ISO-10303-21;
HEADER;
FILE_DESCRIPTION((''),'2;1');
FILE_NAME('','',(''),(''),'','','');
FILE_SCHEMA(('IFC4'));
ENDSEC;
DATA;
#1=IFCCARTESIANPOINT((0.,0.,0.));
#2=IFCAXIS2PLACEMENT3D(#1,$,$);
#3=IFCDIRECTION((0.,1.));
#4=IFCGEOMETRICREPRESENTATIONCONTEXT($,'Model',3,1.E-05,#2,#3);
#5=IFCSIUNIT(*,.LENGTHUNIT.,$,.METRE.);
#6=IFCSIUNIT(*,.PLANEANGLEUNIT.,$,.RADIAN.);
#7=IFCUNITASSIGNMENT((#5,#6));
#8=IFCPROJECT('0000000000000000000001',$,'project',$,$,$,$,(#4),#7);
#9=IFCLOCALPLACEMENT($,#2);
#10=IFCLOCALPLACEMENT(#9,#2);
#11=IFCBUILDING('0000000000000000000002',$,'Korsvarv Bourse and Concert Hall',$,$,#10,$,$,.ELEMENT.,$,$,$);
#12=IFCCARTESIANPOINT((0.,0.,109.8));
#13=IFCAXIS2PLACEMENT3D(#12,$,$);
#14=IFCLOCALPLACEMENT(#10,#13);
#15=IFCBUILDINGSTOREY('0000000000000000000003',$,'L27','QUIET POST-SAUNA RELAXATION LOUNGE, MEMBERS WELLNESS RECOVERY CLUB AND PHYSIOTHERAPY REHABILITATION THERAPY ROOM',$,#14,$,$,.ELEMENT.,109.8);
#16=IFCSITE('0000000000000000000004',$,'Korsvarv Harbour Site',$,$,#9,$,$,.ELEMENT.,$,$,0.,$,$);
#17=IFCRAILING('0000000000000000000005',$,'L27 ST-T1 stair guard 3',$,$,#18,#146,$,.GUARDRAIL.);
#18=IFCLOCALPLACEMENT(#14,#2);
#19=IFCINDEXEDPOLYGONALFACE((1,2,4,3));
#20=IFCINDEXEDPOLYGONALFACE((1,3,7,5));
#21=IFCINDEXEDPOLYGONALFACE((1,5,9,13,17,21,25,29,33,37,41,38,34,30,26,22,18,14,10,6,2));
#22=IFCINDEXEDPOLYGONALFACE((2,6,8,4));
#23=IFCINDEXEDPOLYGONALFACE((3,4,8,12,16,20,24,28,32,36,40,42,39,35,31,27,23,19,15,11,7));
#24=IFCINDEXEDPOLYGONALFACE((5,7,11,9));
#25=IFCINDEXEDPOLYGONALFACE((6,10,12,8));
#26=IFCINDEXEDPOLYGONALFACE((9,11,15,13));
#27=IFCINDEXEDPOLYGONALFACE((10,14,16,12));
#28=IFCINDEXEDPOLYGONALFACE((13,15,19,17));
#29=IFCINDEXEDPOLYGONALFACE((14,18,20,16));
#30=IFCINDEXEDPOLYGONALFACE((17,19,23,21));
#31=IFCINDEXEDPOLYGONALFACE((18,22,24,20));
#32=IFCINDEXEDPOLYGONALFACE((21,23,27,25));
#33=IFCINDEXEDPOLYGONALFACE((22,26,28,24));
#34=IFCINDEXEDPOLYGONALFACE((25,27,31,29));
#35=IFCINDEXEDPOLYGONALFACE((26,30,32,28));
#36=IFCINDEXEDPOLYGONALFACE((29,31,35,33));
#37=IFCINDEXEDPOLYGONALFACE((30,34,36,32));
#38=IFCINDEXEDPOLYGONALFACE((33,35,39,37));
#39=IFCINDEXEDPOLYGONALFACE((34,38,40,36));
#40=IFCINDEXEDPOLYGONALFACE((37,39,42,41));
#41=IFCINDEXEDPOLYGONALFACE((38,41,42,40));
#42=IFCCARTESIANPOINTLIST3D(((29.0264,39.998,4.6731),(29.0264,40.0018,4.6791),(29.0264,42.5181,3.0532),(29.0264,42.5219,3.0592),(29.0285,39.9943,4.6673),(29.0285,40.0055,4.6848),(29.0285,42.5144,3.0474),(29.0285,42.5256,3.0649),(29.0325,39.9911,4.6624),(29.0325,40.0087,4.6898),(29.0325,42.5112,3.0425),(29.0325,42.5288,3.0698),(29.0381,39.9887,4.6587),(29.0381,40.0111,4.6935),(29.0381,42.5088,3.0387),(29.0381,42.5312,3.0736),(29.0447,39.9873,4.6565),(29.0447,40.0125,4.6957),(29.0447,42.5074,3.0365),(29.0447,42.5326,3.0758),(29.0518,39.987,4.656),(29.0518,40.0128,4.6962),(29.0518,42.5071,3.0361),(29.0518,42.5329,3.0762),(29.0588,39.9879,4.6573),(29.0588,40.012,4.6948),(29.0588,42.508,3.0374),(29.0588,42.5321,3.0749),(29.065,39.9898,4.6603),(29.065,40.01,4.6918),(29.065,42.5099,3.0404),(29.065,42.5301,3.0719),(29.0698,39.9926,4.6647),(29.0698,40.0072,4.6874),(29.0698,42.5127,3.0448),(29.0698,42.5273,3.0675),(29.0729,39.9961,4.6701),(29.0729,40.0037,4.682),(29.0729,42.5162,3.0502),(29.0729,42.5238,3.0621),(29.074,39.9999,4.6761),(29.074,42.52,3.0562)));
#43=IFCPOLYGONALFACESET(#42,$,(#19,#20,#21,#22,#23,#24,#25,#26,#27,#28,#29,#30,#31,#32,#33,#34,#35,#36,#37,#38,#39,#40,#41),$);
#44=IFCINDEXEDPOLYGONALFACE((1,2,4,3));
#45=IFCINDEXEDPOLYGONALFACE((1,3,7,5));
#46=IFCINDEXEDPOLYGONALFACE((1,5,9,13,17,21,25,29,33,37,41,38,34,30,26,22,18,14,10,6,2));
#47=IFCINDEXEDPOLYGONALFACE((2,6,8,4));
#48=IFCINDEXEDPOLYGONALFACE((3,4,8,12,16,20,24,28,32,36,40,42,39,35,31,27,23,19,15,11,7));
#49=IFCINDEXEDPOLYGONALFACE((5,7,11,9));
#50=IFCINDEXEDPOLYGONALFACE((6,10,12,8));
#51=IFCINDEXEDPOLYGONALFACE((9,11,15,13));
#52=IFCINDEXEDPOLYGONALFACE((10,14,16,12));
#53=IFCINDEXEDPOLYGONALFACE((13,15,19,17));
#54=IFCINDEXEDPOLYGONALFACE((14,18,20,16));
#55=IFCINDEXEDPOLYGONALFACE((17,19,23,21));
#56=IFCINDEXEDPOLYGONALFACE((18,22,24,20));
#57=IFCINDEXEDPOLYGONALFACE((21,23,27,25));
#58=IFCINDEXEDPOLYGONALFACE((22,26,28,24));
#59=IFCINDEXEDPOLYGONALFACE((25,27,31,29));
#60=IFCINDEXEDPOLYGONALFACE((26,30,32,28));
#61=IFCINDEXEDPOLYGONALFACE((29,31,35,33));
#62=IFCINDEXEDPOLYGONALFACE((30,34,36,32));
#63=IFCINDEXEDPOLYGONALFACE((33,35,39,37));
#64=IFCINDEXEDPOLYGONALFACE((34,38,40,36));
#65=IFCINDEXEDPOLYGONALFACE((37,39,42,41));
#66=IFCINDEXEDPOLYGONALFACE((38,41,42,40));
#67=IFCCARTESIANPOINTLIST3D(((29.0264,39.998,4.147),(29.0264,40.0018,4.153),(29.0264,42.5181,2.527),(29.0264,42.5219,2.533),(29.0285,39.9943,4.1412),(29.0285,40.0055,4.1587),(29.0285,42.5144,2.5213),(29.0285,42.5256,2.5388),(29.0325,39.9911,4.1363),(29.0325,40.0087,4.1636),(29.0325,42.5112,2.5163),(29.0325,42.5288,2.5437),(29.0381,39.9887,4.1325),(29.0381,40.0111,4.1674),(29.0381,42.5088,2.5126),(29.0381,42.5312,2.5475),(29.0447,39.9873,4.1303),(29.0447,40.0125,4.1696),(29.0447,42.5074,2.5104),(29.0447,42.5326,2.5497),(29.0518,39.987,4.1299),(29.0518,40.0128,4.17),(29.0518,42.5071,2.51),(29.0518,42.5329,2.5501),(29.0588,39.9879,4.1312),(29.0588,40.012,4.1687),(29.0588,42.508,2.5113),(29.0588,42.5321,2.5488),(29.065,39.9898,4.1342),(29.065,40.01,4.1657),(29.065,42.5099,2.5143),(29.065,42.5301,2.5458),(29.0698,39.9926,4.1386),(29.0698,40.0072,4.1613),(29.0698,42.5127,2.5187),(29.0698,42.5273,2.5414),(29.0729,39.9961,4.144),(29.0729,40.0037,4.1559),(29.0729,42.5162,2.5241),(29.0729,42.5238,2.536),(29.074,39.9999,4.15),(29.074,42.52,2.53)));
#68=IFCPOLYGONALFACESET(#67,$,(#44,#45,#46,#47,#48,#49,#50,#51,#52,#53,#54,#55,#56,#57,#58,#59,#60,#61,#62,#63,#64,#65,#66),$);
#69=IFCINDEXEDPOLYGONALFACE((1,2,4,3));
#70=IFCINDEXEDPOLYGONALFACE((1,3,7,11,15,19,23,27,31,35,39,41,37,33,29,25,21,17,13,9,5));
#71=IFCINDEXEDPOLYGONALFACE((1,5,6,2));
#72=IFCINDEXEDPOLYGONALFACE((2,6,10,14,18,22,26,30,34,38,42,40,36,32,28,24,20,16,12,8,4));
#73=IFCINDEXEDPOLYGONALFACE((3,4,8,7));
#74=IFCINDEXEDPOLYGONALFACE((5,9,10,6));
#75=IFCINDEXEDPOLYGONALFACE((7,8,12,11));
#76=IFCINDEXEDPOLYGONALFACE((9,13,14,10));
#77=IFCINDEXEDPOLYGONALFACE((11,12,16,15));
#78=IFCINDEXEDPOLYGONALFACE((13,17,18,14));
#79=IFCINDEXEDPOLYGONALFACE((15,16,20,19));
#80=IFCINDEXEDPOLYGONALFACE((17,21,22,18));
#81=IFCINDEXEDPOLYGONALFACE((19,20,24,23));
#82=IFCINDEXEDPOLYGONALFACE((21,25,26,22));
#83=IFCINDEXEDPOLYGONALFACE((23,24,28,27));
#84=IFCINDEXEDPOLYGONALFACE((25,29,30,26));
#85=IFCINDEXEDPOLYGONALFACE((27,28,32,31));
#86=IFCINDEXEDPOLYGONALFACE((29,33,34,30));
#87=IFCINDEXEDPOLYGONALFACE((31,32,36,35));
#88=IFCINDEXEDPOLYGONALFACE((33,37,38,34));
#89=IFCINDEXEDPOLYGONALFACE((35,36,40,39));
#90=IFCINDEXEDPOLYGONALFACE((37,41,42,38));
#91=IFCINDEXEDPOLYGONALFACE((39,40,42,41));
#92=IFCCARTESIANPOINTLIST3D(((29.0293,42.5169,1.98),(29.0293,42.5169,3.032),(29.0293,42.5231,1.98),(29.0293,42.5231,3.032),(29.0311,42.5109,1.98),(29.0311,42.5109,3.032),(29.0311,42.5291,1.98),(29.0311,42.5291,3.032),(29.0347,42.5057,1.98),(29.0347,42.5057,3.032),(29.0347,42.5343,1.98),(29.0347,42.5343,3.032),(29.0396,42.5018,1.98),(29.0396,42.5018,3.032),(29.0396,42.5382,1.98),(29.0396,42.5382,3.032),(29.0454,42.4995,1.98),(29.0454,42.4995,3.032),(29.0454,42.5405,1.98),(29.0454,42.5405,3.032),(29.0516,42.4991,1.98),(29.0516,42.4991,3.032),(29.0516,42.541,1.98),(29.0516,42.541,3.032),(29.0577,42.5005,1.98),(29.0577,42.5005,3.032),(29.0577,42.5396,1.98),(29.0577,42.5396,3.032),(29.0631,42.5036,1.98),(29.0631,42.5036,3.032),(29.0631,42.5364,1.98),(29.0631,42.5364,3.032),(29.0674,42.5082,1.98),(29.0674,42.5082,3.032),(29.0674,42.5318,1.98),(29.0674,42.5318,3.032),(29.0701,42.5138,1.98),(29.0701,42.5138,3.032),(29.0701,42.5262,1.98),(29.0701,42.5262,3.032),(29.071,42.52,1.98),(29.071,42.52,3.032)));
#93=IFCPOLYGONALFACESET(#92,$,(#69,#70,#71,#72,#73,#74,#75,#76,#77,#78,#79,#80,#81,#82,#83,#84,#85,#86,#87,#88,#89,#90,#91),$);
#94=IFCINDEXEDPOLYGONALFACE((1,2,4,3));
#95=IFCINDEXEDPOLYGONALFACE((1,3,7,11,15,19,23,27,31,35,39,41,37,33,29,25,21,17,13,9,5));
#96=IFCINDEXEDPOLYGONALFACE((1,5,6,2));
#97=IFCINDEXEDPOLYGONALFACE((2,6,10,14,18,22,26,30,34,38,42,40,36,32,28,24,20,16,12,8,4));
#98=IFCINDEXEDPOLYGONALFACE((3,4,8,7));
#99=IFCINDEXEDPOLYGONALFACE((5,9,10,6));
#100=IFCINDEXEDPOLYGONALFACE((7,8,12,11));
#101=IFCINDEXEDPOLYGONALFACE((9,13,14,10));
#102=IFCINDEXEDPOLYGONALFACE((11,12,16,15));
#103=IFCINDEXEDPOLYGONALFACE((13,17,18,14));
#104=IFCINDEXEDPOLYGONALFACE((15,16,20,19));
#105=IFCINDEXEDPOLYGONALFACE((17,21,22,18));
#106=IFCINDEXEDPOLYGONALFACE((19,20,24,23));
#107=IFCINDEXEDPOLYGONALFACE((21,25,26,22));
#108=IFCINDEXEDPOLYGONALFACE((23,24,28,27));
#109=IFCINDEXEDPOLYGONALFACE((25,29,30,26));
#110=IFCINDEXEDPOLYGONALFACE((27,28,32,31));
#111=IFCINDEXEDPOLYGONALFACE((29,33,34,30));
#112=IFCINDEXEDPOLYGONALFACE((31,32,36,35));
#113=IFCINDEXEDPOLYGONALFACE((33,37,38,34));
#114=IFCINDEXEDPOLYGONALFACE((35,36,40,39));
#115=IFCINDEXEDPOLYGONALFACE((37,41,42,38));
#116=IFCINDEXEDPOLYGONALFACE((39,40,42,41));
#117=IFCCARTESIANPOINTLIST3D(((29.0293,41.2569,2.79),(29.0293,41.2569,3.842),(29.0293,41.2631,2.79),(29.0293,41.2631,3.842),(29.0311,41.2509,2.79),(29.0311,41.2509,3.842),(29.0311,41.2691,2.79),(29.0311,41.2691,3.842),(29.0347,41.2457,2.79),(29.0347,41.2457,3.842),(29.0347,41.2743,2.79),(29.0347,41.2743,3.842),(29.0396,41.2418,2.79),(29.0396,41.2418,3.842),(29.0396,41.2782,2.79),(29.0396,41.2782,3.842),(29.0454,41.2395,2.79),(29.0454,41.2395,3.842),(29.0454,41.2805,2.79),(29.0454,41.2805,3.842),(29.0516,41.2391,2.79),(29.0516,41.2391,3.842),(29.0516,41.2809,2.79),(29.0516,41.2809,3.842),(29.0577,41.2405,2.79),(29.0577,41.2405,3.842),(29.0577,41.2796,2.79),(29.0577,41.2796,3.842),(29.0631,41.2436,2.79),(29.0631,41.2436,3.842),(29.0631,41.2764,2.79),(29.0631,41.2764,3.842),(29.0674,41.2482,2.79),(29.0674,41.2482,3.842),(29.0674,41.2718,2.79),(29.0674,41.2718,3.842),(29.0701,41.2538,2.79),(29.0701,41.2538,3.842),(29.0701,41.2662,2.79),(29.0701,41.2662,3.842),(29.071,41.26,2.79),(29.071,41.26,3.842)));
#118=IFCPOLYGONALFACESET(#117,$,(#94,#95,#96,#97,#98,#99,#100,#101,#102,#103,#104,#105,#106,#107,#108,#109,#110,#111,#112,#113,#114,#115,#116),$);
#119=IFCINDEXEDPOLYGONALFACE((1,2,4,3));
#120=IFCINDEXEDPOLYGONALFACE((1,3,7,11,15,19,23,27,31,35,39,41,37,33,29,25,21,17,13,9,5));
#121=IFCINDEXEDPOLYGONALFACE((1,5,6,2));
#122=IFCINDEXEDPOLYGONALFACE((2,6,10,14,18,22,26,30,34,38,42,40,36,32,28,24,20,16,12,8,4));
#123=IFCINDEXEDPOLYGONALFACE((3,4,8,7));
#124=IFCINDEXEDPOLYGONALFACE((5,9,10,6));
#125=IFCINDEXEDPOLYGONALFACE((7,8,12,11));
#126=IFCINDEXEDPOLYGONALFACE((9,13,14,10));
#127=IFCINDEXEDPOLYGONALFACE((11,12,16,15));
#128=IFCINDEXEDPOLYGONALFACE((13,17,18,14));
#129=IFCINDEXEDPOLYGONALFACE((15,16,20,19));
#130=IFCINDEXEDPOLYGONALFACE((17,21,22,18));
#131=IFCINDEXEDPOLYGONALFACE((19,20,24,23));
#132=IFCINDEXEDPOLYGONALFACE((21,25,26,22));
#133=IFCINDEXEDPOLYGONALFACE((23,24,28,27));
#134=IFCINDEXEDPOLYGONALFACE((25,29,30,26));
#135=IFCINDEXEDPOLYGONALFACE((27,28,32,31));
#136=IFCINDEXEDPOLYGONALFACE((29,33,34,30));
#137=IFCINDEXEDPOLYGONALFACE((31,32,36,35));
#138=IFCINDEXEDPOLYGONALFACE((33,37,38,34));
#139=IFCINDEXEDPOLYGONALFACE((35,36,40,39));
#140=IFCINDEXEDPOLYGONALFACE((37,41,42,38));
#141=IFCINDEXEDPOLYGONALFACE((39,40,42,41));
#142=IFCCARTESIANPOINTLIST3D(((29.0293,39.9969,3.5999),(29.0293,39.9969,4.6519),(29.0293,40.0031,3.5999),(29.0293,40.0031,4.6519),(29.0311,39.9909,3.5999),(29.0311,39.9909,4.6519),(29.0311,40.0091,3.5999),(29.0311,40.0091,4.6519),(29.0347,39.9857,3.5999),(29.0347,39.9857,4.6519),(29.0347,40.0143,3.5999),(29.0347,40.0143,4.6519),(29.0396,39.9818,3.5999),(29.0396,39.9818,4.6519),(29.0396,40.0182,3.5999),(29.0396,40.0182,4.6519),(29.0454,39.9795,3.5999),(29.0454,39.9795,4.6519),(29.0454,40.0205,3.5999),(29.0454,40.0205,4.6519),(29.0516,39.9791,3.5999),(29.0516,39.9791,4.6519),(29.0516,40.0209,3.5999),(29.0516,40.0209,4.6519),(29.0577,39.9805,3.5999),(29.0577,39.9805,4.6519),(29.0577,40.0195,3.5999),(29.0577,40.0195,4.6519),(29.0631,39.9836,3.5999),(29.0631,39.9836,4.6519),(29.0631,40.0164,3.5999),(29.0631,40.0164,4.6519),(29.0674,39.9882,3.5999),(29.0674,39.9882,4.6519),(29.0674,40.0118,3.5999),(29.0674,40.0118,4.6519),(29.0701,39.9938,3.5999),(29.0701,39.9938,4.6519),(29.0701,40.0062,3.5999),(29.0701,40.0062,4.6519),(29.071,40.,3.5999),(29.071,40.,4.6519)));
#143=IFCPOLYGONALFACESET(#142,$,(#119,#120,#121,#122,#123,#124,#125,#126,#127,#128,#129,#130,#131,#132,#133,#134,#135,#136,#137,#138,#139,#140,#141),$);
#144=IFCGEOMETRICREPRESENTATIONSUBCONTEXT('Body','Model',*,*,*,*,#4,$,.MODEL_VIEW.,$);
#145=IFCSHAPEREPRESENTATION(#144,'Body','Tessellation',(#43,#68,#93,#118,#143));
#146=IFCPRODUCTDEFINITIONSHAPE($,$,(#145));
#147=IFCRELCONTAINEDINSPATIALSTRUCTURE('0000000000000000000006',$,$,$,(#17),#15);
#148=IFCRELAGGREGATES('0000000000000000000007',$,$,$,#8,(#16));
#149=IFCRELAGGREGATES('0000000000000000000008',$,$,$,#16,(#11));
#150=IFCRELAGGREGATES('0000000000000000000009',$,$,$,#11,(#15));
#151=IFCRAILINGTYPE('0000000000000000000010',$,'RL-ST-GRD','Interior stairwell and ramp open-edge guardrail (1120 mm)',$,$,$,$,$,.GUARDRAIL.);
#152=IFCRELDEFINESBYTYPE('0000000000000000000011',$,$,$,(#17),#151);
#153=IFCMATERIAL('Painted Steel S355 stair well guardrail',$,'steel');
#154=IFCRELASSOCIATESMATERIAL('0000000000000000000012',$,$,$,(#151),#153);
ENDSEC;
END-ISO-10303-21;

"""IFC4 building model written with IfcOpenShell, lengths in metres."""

from ifc_helpers import new_model, si_unit, direction, frame, origin, origin_2d, place, context, subcontext, project, spatial, circle, extrude, material, type_object, element, save


model = new_model("IFC4")

# Units and contexts
model_context = context("Model", 3, precision=1e-05, world=origin(), true_north=direction((0.0, 1.0)))
body_context = subcontext(model_context, "Body", "Model", "MODEL_VIEW")
ifc_project = project(units=[si_unit("LENGTHUNIT", "METRE"), si_unit("PLANEANGLEUNIT", "RADIAN")], contexts=[model_context])

# Site, building, storey
site_placement = place(None, origin())
site = spatial("IfcSite", under=ifc_project, at=site_placement, Name="Korsvarv Harbour Site", CompositionType="ELEMENT", RefElevation=0.0)
building_placement = place(site_placement, origin())
building = spatial("IfcBuilding", under=site, at=building_placement, Name="Korsvarv Bourse and Concert Hall", CompositionType="ELEMENT")
storey_placement = place(building_placement, frame((0.0, 0.0, 109.8)))
storey = spatial("IfcBuildingStorey", under=building, at=storey_placement, Name="L27", Description="QUIET POST-SAUNA RELAXATION LOUNGE, MEMBERS WELLNESS RECOVERY CLUB AND PHYSIOTHERAPY REHABILITATION THERAPY ROOM", CompositionType="ELEMENT", Elevation=109.8)

# Railing
ifc_material_1 = material(Name="Painted Steel S355 stair well guardrail", Category="steel")
railing_type_1 = type_object("IfcRailingType", Name="RL-ST-GRD", Description="Interior stairwell and ramp open-edge guardrail (1120 mm)", PredefinedType="GUARDRAIL", material=ifc_material_1)
railing_1_placement = place(storey_placement, frame((29.05, 42.52, 1.98)))
element("IfcRailing", 1, at=railing_1_placement, inside=storey, type_object=railing_type_1, Name="L27 ST-T1 stair guard 3", PredefinedType="GUARDRAIL", context=body_context, shape_type="SweptSolid", body=[
    extrude(circle(Radius=0.0239, at=origin_2d()), frame((0.0, 0.0, 1.0762), z_axis=(0.0, -0.8412, 0.540725), x_axis=(1.0, 0.0, 0.0)), (0.0, 0.0, 1.0), 2.9958),
    extrude(circle(Radius=0.0239, at=origin_2d()), frame((0.0, 0.0, 0.55), z_axis=(0.0, -0.8412, 0.540725), x_axis=(1.0, 0.0, 0.0)), (0.0, 0.0, 1.0), 2.9958),
    extrude(circle(Radius=0.021, at=origin_2d()), origin(), (0.0, 0.0, 1.0), 1.052),
    extrude(circle(Radius=0.021, at=origin_2d()), frame((0.0, -1.26, 0.8101)), (0.0, 0.0, 1.0), 1.052),
    extrude(circle(Radius=0.021, at=origin_2d()), frame((0.0, -2.52, 1.6199)), (0.0, 0.0, 1.0), 1.052),
])

save(model, "model.ifc")
